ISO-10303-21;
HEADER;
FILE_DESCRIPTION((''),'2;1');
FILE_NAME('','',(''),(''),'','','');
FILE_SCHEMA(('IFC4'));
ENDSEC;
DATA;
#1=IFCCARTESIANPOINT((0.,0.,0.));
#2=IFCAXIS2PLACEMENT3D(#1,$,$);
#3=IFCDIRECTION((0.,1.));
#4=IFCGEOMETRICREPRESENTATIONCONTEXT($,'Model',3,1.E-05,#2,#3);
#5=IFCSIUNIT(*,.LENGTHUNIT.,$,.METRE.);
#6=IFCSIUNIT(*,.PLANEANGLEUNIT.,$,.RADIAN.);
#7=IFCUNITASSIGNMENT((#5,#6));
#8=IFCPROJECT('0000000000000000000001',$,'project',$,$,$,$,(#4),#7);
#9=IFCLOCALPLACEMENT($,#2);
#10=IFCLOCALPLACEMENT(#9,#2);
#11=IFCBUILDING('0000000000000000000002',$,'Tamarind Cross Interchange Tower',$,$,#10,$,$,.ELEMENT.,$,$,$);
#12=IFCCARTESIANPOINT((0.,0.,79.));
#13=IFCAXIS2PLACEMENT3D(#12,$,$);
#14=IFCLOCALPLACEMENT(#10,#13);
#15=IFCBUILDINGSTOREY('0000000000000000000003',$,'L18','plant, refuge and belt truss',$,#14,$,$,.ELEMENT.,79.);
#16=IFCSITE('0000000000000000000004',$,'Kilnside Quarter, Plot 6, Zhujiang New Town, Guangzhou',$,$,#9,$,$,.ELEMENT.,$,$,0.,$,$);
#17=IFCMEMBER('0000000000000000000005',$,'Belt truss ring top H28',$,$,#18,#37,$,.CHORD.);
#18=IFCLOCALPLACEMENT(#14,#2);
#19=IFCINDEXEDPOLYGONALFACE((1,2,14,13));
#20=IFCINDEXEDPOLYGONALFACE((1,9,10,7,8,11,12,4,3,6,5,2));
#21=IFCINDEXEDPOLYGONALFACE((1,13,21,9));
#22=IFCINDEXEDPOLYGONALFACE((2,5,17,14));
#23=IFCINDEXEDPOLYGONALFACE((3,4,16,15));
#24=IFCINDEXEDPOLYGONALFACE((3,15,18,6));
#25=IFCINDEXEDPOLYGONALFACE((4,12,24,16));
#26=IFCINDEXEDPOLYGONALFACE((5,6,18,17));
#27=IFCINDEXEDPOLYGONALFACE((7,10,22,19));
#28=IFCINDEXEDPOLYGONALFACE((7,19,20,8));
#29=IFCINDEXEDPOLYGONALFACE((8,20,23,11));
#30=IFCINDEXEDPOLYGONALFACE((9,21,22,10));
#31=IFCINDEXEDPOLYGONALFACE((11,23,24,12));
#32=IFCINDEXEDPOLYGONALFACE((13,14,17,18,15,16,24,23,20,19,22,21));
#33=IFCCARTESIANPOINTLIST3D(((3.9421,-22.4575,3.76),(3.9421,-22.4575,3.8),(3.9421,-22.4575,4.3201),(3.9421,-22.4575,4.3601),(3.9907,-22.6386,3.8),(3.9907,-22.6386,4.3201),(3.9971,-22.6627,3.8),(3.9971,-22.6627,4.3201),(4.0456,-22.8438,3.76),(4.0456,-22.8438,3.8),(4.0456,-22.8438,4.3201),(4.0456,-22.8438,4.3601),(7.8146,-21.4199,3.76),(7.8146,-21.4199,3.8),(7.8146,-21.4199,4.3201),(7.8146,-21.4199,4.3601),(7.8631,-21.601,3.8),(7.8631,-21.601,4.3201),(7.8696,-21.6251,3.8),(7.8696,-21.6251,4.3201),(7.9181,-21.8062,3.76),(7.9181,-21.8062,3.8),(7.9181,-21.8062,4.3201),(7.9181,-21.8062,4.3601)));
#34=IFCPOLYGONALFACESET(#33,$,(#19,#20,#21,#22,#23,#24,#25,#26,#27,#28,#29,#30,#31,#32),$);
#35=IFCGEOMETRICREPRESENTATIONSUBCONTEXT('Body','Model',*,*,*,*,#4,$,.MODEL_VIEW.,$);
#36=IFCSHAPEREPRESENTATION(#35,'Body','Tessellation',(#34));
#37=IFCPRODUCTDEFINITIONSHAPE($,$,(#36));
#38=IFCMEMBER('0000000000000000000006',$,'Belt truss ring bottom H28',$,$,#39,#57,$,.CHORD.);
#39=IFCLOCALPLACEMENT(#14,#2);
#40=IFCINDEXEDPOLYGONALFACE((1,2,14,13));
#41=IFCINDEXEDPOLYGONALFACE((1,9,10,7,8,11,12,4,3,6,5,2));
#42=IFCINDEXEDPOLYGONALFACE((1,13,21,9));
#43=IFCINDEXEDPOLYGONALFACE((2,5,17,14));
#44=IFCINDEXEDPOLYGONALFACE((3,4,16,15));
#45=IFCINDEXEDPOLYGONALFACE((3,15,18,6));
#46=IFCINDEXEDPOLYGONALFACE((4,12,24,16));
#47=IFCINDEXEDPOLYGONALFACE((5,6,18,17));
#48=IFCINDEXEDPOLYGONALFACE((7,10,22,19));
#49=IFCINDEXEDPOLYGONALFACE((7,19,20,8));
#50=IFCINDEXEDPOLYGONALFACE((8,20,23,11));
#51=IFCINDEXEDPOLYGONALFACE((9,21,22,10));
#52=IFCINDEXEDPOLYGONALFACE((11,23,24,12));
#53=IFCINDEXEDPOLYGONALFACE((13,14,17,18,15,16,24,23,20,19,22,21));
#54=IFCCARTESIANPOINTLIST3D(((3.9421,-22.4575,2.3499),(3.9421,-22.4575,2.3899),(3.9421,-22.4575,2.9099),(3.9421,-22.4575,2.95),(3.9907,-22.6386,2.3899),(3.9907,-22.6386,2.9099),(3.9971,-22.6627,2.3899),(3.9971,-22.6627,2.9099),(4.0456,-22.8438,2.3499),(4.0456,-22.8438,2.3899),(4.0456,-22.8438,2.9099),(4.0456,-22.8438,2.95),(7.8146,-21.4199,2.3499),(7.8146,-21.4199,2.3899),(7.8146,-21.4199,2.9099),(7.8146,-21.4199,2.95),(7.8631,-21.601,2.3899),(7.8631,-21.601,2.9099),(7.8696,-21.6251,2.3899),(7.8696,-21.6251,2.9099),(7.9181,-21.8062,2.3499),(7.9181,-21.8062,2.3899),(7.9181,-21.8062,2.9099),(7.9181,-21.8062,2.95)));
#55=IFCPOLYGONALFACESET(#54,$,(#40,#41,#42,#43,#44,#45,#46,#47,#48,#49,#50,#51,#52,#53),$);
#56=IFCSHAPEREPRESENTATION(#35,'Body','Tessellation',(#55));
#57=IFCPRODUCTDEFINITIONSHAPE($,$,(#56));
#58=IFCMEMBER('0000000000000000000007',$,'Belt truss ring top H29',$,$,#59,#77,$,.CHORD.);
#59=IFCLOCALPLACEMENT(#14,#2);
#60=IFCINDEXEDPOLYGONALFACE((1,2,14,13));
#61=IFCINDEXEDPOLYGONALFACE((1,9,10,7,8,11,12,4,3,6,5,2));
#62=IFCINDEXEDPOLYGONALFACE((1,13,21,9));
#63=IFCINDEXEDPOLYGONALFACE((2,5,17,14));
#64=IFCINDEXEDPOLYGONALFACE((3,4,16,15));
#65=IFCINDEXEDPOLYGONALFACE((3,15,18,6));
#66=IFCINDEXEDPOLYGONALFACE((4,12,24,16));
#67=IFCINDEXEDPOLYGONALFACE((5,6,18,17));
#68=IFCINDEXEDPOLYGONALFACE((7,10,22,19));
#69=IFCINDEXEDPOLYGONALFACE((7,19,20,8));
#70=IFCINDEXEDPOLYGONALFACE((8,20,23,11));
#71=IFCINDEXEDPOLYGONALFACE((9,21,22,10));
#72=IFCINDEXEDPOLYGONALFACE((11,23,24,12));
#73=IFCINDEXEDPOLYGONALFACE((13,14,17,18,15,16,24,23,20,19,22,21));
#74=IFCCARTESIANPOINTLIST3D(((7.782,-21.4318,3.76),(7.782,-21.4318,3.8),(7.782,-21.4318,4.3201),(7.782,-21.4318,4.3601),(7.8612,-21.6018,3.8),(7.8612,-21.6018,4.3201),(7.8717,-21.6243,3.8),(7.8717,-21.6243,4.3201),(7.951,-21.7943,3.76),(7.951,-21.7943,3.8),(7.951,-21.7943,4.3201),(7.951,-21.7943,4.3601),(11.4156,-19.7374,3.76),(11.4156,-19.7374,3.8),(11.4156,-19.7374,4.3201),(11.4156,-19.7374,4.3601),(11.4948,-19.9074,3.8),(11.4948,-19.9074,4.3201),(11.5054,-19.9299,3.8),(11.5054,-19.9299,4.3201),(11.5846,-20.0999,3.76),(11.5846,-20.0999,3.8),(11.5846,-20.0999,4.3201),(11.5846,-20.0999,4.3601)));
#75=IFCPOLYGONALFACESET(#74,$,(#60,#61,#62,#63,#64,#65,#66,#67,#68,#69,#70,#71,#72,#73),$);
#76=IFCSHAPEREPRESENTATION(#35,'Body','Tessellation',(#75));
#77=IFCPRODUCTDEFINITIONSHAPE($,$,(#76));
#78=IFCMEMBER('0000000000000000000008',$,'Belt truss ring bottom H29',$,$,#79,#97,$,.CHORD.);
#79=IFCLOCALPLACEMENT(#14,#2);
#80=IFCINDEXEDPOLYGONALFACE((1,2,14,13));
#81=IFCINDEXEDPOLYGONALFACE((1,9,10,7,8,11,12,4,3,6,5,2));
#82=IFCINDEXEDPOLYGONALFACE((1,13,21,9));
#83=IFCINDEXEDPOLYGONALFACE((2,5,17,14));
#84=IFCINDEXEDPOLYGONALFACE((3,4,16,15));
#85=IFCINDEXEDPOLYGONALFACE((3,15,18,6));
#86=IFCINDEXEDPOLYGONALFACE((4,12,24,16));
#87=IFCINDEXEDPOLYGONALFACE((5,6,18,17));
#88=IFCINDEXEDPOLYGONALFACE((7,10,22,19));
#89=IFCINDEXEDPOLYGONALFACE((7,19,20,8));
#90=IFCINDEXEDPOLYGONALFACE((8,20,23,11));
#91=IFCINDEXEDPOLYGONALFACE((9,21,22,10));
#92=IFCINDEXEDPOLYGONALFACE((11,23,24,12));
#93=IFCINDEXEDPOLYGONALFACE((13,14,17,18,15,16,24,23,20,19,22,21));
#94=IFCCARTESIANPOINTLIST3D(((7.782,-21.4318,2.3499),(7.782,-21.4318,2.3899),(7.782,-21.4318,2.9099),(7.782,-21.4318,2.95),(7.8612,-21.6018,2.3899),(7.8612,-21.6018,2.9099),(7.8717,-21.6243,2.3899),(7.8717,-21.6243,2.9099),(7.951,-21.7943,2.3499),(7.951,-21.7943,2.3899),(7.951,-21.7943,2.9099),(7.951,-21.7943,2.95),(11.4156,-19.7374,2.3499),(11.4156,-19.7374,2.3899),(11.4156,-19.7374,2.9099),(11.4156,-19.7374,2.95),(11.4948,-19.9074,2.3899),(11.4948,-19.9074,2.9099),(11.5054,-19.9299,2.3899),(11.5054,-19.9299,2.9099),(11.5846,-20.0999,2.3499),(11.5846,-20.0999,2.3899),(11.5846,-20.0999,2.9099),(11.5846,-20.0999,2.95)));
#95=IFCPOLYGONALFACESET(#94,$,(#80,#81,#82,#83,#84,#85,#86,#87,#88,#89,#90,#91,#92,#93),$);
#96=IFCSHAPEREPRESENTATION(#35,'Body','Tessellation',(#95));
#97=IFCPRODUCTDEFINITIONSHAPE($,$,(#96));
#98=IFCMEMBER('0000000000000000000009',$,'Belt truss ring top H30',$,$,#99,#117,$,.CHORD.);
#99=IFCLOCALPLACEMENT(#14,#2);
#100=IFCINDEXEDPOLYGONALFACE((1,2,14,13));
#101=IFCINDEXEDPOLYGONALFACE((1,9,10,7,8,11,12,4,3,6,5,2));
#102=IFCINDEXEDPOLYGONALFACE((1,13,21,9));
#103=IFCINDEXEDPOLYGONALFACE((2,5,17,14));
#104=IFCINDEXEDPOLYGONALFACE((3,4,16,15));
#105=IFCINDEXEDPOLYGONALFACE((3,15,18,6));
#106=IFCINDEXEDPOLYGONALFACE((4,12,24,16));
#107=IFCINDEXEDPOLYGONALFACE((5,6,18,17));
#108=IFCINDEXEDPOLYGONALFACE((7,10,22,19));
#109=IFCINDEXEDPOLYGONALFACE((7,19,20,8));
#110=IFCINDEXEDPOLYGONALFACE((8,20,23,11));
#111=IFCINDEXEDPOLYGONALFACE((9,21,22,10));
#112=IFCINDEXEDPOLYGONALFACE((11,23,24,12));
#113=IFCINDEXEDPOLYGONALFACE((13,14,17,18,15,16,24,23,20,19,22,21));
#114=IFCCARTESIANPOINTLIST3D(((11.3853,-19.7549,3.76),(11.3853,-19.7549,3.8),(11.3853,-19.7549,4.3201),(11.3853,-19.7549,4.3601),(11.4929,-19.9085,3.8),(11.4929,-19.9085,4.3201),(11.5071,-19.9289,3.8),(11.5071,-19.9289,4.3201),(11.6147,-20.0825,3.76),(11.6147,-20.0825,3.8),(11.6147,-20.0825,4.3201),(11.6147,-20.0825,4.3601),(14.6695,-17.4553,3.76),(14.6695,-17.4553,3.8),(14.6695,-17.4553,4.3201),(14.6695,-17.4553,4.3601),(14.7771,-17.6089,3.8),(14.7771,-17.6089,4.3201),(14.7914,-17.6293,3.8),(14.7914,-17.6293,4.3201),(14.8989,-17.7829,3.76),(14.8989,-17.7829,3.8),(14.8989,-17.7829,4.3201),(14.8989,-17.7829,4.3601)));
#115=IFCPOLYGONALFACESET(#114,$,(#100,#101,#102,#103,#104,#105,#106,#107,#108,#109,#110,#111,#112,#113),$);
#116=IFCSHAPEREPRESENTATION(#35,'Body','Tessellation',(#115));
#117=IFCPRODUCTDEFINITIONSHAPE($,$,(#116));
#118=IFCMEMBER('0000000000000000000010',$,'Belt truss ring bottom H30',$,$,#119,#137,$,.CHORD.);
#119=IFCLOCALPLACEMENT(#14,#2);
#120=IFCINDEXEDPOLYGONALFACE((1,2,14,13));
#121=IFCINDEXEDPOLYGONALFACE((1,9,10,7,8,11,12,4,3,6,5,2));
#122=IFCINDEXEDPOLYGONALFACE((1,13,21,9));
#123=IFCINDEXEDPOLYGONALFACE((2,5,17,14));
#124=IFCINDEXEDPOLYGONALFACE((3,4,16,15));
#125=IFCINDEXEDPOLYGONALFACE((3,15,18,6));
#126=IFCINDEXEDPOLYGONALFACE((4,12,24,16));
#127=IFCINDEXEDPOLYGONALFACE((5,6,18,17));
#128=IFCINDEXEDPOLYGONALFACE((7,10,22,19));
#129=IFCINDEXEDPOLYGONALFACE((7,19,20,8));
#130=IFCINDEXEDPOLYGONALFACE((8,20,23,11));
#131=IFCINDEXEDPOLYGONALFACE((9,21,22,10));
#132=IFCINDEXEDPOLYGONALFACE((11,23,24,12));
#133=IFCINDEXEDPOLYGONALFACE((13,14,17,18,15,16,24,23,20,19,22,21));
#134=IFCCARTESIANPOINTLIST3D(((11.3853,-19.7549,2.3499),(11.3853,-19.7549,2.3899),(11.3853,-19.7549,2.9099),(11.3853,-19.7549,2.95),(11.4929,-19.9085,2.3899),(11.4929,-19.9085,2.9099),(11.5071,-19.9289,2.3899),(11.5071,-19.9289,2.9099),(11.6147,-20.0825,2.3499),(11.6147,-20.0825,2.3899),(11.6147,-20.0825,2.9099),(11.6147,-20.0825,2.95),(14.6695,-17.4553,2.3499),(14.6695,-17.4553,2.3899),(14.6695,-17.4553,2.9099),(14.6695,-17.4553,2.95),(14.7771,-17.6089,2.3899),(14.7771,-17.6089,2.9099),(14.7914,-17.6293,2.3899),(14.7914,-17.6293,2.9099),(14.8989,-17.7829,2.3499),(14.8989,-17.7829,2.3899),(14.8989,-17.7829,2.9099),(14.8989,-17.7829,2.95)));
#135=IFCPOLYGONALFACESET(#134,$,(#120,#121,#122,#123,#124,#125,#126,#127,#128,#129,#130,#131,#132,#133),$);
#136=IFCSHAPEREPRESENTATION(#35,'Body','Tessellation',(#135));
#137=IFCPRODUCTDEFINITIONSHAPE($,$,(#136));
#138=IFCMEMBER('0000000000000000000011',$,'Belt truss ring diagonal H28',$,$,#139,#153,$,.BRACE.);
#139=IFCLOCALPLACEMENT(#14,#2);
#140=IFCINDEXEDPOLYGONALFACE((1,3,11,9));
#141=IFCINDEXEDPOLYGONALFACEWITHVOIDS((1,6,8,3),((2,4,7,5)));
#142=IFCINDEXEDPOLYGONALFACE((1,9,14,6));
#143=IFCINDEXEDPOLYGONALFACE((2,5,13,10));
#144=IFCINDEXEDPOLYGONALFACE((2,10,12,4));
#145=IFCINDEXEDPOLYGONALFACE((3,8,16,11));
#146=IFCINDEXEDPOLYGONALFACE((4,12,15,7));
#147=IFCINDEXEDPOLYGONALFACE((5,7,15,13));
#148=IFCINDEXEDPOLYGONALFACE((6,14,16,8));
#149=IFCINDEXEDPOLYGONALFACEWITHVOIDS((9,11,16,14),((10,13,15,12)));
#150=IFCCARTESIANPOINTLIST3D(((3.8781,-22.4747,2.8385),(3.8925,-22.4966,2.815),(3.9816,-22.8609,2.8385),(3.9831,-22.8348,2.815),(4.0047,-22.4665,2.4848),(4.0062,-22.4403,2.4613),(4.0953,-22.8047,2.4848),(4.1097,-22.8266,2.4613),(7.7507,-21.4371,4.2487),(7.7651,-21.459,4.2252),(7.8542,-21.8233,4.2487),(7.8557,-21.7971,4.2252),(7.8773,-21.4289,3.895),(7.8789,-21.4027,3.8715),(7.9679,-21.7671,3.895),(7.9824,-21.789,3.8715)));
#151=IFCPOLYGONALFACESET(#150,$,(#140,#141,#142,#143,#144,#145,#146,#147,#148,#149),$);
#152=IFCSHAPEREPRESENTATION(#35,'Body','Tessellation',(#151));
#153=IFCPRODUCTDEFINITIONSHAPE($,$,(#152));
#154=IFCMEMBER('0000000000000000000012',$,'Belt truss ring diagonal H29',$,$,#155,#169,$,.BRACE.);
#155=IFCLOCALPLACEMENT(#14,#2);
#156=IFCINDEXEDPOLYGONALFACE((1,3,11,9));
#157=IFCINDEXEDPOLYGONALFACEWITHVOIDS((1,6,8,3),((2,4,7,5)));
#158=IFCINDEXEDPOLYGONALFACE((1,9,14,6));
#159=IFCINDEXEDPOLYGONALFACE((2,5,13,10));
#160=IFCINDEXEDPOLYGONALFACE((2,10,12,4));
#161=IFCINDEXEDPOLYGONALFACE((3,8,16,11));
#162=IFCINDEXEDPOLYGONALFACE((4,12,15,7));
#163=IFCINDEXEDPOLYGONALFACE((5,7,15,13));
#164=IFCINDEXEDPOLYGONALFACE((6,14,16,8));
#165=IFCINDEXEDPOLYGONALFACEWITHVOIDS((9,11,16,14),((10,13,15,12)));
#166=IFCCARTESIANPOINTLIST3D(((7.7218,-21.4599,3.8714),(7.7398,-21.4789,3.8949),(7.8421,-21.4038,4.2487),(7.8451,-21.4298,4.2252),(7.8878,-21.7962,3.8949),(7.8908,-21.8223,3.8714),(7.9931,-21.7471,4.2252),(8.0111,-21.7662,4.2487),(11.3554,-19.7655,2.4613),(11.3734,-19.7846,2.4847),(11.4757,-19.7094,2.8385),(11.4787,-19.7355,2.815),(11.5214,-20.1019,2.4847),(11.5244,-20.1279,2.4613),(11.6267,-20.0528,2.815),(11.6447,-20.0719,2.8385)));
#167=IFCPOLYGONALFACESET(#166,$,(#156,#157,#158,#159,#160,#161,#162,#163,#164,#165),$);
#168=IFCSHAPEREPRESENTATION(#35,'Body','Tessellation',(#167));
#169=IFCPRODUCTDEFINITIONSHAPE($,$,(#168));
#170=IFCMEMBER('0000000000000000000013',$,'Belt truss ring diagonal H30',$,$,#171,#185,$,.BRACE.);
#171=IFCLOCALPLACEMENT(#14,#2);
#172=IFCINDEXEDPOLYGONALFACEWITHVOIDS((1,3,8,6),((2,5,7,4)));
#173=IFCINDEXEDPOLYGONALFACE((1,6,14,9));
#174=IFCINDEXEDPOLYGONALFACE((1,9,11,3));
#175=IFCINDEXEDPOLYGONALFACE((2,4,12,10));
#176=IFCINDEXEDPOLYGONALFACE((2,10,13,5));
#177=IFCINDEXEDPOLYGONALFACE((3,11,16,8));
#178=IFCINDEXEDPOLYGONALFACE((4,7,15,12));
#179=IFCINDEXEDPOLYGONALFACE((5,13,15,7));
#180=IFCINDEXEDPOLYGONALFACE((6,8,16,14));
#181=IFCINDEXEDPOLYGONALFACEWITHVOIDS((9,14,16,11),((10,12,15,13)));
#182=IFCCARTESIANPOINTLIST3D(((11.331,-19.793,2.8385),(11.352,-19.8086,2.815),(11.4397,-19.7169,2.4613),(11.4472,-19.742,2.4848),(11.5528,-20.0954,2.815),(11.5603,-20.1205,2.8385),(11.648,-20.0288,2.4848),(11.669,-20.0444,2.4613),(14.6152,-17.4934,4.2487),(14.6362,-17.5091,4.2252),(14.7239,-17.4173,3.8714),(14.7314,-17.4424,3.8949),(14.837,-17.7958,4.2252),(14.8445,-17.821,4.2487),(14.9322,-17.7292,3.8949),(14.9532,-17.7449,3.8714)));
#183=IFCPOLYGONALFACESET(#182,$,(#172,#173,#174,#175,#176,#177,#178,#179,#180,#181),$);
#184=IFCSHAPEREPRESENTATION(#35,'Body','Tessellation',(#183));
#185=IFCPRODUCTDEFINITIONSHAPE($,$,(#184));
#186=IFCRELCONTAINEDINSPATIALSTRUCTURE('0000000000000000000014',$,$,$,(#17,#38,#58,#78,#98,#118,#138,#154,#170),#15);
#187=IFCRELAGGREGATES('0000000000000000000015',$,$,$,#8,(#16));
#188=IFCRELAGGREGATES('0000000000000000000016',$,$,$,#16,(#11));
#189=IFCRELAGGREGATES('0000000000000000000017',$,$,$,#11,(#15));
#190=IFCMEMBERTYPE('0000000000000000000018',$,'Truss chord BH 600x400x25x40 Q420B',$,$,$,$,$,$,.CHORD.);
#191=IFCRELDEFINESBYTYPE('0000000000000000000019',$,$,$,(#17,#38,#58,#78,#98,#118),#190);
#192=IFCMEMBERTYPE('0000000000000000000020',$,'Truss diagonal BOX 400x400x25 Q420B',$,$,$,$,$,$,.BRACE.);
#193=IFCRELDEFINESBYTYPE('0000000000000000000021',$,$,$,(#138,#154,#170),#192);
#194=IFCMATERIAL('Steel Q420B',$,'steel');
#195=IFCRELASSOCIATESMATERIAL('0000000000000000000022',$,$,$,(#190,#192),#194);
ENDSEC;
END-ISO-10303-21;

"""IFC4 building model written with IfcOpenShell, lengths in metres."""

from ifc_helpers import new_model, si_unit, direction, frame, origin, origin_2d, place, context, subcontext, project, spatial, hollow_rectangle, i_section, extrude, material, material_profile, profile_set, type_object, element, save


model = new_model("IFC4")

# Units and contexts
model_context = context("Model", 3, precision=1e-05, world=origin(), true_north=direction((0.0, 1.0)))
body_context = subcontext(model_context, "Body", "Model", "MODEL_VIEW")
ifc_project = project(units=[si_unit("LENGTHUNIT", "METRE"), si_unit("PLANEANGLEUNIT", "RADIAN")], contexts=[model_context])

# Site, building, storey
site_placement = place(None, origin())
site = spatial("IfcSite", under=ifc_project, at=site_placement, Name="Kilnside Quarter, Plot 6, Zhujiang New Town, Guangzhou", CompositionType="ELEMENT", RefElevation=0.0)
building_placement = place(site_placement, origin())
building = spatial("IfcBuilding", under=site, at=building_placement, Name="Tamarind Cross Interchange Tower", CompositionType="ELEMENT")
storey_placement = place(building_placement, frame((0.0, 0.0, 79.0)))
storey = spatial("IfcBuildingStorey", under=building, at=storey_placement, Name="L18", Description="plant, refuge and belt truss", CompositionType="ELEMENT", Elevation=79.0)

# Members
ifc_material_1 = material(Name="Steel Q420B", Category="steel")
ifc_material_profile_1 = material_profile(ifc_material_1, i_section(OverallWidth=0.3999, OverallDepth=0.6001, WebThickness=0.0249, FlangeThickness=0.04, at=origin_2d()), Name="BH 600x400x25x40")
ifc_profile_set_1 = profile_set([ifc_material_profile_1], Name="Steel Q420B")
member_type_1 = type_object("IfcMemberType", Name="Truss chord BH 600x400x25x40 Q420B", PredefinedType="CHORD", material=ifc_profile_set_1)
for number, where, z_axis, x_axis, name in (
    (1, (3.9939, -22.6506, 4.0601), (0.965929, 0.258807, 0.0), (-0.258807, 0.965929, 0.0), "Belt truss ring top H28"),
    (2, (3.9939, -22.6506, 2.6499), (0.965929, 0.258807, 0.0), (-0.258807, 0.965929, 0.0), "Belt truss ring bottom H28"),
):
    element("IfcMember", number, at=place(storey_placement, frame(where, z_axis=z_axis, x_axis=x_axis)), inside=storey, type_object=member_type_1, Name=name, PredefinedType="CHORD", context=body_context, shape_type="SweptSolid", body=[
        extrude(i_section(OverallWidth=0.3999, OverallDepth=0.6001, WebThickness=0.0249, FlangeThickness=0.04, at=origin_2d()), origin(), (0.0, 0.0, 1.0), 4.009),
    ])
for number, where, z_axis, x_axis, name in (
    (3, (7.8665, -21.613, 4.0601), (0.906309, 0.422615, 0.0), (-0.422615, 0.906309, 0.0), "Belt truss ring top H29"),
    (4, (7.8665, -21.613, 2.6499), (0.906309, 0.422615, 0.0), (-0.422615, 0.906309, 0.0), "Belt truss ring bottom H29"),
    (5, (11.5, -19.9187, 4.0601), (0.819158, 0.573569, 0.0), (-0.573569, 0.819158, 0.0), "Belt truss ring top H30"),
    (6, (11.5, -19.9187, 2.6499), (0.819158, 0.573569, 0.0), (-0.573569, 0.819158, 0.0), "Belt truss ring bottom H30"),
):
    element("IfcMember", number, at=place(storey_placement, frame(where, z_axis=z_axis, x_axis=x_axis)), inside=storey, type_object=member_type_1, Name=name, PredefinedType="CHORD", context=body_context, shape_type="SweptSolid", body=[
        extrude(i_section(OverallWidth=0.3999, OverallDepth=0.6001, WebThickness=0.0249, FlangeThickness=0.04, at=origin_2d()), origin(), (0.0, 0.0, 1.0), 4.0093),
    ])
ifc_material_profile_2 = material_profile(ifc_material_1, hollow_rectangle(XDim=0.3999, YDim=0.3999, WallThickness=0.0249, at=origin_2d()), Name="BOX 400x400x25")
ifc_profile_set_2 = profile_set([ifc_material_profile_2], Name="Steel Q420B")
member_type_2 = type_object("IfcMemberType", Name="Truss diagonal BOX 400x400x25 Q420B", PredefinedType="BRACE", material=ifc_profile_set_2)
for number, where, z_axis, x_axis, name in (
    (7, (3.9939, -22.6506, 2.6499), (0.911206, 0.244145, 0.331807), (-0.258807, 0.965929, 0.0), "Belt truss ring diagonal H28"),
    (8, (7.8665, -21.613, 4.0601), (0.854964, 0.398673, -0.331806), (-0.422615, 0.906309, 0.0), "Belt truss ring diagonal H29"),
    (9, (11.5, -19.9187, 2.6499), (0.772751, 0.541075, 0.331803), (-0.573569, 0.819158, 0.0), "Belt truss ring diagonal H30"),
):
    element("IfcMember", number, at=place(storey_placement, frame(where, z_axis=z_axis, x_axis=x_axis)), inside=storey, type_object=member_type_2, Name=name, PredefinedType="BRACE", context=body_context, shape_type="SweptSolid", body=[
        extrude(hollow_rectangle(XDim=0.3999, YDim=0.3999, WallThickness=0.0249, at=origin_2d()), origin(), (0.0, 0.0, 1.0), 4.25),
    ])

save(model, "model.ifc")
